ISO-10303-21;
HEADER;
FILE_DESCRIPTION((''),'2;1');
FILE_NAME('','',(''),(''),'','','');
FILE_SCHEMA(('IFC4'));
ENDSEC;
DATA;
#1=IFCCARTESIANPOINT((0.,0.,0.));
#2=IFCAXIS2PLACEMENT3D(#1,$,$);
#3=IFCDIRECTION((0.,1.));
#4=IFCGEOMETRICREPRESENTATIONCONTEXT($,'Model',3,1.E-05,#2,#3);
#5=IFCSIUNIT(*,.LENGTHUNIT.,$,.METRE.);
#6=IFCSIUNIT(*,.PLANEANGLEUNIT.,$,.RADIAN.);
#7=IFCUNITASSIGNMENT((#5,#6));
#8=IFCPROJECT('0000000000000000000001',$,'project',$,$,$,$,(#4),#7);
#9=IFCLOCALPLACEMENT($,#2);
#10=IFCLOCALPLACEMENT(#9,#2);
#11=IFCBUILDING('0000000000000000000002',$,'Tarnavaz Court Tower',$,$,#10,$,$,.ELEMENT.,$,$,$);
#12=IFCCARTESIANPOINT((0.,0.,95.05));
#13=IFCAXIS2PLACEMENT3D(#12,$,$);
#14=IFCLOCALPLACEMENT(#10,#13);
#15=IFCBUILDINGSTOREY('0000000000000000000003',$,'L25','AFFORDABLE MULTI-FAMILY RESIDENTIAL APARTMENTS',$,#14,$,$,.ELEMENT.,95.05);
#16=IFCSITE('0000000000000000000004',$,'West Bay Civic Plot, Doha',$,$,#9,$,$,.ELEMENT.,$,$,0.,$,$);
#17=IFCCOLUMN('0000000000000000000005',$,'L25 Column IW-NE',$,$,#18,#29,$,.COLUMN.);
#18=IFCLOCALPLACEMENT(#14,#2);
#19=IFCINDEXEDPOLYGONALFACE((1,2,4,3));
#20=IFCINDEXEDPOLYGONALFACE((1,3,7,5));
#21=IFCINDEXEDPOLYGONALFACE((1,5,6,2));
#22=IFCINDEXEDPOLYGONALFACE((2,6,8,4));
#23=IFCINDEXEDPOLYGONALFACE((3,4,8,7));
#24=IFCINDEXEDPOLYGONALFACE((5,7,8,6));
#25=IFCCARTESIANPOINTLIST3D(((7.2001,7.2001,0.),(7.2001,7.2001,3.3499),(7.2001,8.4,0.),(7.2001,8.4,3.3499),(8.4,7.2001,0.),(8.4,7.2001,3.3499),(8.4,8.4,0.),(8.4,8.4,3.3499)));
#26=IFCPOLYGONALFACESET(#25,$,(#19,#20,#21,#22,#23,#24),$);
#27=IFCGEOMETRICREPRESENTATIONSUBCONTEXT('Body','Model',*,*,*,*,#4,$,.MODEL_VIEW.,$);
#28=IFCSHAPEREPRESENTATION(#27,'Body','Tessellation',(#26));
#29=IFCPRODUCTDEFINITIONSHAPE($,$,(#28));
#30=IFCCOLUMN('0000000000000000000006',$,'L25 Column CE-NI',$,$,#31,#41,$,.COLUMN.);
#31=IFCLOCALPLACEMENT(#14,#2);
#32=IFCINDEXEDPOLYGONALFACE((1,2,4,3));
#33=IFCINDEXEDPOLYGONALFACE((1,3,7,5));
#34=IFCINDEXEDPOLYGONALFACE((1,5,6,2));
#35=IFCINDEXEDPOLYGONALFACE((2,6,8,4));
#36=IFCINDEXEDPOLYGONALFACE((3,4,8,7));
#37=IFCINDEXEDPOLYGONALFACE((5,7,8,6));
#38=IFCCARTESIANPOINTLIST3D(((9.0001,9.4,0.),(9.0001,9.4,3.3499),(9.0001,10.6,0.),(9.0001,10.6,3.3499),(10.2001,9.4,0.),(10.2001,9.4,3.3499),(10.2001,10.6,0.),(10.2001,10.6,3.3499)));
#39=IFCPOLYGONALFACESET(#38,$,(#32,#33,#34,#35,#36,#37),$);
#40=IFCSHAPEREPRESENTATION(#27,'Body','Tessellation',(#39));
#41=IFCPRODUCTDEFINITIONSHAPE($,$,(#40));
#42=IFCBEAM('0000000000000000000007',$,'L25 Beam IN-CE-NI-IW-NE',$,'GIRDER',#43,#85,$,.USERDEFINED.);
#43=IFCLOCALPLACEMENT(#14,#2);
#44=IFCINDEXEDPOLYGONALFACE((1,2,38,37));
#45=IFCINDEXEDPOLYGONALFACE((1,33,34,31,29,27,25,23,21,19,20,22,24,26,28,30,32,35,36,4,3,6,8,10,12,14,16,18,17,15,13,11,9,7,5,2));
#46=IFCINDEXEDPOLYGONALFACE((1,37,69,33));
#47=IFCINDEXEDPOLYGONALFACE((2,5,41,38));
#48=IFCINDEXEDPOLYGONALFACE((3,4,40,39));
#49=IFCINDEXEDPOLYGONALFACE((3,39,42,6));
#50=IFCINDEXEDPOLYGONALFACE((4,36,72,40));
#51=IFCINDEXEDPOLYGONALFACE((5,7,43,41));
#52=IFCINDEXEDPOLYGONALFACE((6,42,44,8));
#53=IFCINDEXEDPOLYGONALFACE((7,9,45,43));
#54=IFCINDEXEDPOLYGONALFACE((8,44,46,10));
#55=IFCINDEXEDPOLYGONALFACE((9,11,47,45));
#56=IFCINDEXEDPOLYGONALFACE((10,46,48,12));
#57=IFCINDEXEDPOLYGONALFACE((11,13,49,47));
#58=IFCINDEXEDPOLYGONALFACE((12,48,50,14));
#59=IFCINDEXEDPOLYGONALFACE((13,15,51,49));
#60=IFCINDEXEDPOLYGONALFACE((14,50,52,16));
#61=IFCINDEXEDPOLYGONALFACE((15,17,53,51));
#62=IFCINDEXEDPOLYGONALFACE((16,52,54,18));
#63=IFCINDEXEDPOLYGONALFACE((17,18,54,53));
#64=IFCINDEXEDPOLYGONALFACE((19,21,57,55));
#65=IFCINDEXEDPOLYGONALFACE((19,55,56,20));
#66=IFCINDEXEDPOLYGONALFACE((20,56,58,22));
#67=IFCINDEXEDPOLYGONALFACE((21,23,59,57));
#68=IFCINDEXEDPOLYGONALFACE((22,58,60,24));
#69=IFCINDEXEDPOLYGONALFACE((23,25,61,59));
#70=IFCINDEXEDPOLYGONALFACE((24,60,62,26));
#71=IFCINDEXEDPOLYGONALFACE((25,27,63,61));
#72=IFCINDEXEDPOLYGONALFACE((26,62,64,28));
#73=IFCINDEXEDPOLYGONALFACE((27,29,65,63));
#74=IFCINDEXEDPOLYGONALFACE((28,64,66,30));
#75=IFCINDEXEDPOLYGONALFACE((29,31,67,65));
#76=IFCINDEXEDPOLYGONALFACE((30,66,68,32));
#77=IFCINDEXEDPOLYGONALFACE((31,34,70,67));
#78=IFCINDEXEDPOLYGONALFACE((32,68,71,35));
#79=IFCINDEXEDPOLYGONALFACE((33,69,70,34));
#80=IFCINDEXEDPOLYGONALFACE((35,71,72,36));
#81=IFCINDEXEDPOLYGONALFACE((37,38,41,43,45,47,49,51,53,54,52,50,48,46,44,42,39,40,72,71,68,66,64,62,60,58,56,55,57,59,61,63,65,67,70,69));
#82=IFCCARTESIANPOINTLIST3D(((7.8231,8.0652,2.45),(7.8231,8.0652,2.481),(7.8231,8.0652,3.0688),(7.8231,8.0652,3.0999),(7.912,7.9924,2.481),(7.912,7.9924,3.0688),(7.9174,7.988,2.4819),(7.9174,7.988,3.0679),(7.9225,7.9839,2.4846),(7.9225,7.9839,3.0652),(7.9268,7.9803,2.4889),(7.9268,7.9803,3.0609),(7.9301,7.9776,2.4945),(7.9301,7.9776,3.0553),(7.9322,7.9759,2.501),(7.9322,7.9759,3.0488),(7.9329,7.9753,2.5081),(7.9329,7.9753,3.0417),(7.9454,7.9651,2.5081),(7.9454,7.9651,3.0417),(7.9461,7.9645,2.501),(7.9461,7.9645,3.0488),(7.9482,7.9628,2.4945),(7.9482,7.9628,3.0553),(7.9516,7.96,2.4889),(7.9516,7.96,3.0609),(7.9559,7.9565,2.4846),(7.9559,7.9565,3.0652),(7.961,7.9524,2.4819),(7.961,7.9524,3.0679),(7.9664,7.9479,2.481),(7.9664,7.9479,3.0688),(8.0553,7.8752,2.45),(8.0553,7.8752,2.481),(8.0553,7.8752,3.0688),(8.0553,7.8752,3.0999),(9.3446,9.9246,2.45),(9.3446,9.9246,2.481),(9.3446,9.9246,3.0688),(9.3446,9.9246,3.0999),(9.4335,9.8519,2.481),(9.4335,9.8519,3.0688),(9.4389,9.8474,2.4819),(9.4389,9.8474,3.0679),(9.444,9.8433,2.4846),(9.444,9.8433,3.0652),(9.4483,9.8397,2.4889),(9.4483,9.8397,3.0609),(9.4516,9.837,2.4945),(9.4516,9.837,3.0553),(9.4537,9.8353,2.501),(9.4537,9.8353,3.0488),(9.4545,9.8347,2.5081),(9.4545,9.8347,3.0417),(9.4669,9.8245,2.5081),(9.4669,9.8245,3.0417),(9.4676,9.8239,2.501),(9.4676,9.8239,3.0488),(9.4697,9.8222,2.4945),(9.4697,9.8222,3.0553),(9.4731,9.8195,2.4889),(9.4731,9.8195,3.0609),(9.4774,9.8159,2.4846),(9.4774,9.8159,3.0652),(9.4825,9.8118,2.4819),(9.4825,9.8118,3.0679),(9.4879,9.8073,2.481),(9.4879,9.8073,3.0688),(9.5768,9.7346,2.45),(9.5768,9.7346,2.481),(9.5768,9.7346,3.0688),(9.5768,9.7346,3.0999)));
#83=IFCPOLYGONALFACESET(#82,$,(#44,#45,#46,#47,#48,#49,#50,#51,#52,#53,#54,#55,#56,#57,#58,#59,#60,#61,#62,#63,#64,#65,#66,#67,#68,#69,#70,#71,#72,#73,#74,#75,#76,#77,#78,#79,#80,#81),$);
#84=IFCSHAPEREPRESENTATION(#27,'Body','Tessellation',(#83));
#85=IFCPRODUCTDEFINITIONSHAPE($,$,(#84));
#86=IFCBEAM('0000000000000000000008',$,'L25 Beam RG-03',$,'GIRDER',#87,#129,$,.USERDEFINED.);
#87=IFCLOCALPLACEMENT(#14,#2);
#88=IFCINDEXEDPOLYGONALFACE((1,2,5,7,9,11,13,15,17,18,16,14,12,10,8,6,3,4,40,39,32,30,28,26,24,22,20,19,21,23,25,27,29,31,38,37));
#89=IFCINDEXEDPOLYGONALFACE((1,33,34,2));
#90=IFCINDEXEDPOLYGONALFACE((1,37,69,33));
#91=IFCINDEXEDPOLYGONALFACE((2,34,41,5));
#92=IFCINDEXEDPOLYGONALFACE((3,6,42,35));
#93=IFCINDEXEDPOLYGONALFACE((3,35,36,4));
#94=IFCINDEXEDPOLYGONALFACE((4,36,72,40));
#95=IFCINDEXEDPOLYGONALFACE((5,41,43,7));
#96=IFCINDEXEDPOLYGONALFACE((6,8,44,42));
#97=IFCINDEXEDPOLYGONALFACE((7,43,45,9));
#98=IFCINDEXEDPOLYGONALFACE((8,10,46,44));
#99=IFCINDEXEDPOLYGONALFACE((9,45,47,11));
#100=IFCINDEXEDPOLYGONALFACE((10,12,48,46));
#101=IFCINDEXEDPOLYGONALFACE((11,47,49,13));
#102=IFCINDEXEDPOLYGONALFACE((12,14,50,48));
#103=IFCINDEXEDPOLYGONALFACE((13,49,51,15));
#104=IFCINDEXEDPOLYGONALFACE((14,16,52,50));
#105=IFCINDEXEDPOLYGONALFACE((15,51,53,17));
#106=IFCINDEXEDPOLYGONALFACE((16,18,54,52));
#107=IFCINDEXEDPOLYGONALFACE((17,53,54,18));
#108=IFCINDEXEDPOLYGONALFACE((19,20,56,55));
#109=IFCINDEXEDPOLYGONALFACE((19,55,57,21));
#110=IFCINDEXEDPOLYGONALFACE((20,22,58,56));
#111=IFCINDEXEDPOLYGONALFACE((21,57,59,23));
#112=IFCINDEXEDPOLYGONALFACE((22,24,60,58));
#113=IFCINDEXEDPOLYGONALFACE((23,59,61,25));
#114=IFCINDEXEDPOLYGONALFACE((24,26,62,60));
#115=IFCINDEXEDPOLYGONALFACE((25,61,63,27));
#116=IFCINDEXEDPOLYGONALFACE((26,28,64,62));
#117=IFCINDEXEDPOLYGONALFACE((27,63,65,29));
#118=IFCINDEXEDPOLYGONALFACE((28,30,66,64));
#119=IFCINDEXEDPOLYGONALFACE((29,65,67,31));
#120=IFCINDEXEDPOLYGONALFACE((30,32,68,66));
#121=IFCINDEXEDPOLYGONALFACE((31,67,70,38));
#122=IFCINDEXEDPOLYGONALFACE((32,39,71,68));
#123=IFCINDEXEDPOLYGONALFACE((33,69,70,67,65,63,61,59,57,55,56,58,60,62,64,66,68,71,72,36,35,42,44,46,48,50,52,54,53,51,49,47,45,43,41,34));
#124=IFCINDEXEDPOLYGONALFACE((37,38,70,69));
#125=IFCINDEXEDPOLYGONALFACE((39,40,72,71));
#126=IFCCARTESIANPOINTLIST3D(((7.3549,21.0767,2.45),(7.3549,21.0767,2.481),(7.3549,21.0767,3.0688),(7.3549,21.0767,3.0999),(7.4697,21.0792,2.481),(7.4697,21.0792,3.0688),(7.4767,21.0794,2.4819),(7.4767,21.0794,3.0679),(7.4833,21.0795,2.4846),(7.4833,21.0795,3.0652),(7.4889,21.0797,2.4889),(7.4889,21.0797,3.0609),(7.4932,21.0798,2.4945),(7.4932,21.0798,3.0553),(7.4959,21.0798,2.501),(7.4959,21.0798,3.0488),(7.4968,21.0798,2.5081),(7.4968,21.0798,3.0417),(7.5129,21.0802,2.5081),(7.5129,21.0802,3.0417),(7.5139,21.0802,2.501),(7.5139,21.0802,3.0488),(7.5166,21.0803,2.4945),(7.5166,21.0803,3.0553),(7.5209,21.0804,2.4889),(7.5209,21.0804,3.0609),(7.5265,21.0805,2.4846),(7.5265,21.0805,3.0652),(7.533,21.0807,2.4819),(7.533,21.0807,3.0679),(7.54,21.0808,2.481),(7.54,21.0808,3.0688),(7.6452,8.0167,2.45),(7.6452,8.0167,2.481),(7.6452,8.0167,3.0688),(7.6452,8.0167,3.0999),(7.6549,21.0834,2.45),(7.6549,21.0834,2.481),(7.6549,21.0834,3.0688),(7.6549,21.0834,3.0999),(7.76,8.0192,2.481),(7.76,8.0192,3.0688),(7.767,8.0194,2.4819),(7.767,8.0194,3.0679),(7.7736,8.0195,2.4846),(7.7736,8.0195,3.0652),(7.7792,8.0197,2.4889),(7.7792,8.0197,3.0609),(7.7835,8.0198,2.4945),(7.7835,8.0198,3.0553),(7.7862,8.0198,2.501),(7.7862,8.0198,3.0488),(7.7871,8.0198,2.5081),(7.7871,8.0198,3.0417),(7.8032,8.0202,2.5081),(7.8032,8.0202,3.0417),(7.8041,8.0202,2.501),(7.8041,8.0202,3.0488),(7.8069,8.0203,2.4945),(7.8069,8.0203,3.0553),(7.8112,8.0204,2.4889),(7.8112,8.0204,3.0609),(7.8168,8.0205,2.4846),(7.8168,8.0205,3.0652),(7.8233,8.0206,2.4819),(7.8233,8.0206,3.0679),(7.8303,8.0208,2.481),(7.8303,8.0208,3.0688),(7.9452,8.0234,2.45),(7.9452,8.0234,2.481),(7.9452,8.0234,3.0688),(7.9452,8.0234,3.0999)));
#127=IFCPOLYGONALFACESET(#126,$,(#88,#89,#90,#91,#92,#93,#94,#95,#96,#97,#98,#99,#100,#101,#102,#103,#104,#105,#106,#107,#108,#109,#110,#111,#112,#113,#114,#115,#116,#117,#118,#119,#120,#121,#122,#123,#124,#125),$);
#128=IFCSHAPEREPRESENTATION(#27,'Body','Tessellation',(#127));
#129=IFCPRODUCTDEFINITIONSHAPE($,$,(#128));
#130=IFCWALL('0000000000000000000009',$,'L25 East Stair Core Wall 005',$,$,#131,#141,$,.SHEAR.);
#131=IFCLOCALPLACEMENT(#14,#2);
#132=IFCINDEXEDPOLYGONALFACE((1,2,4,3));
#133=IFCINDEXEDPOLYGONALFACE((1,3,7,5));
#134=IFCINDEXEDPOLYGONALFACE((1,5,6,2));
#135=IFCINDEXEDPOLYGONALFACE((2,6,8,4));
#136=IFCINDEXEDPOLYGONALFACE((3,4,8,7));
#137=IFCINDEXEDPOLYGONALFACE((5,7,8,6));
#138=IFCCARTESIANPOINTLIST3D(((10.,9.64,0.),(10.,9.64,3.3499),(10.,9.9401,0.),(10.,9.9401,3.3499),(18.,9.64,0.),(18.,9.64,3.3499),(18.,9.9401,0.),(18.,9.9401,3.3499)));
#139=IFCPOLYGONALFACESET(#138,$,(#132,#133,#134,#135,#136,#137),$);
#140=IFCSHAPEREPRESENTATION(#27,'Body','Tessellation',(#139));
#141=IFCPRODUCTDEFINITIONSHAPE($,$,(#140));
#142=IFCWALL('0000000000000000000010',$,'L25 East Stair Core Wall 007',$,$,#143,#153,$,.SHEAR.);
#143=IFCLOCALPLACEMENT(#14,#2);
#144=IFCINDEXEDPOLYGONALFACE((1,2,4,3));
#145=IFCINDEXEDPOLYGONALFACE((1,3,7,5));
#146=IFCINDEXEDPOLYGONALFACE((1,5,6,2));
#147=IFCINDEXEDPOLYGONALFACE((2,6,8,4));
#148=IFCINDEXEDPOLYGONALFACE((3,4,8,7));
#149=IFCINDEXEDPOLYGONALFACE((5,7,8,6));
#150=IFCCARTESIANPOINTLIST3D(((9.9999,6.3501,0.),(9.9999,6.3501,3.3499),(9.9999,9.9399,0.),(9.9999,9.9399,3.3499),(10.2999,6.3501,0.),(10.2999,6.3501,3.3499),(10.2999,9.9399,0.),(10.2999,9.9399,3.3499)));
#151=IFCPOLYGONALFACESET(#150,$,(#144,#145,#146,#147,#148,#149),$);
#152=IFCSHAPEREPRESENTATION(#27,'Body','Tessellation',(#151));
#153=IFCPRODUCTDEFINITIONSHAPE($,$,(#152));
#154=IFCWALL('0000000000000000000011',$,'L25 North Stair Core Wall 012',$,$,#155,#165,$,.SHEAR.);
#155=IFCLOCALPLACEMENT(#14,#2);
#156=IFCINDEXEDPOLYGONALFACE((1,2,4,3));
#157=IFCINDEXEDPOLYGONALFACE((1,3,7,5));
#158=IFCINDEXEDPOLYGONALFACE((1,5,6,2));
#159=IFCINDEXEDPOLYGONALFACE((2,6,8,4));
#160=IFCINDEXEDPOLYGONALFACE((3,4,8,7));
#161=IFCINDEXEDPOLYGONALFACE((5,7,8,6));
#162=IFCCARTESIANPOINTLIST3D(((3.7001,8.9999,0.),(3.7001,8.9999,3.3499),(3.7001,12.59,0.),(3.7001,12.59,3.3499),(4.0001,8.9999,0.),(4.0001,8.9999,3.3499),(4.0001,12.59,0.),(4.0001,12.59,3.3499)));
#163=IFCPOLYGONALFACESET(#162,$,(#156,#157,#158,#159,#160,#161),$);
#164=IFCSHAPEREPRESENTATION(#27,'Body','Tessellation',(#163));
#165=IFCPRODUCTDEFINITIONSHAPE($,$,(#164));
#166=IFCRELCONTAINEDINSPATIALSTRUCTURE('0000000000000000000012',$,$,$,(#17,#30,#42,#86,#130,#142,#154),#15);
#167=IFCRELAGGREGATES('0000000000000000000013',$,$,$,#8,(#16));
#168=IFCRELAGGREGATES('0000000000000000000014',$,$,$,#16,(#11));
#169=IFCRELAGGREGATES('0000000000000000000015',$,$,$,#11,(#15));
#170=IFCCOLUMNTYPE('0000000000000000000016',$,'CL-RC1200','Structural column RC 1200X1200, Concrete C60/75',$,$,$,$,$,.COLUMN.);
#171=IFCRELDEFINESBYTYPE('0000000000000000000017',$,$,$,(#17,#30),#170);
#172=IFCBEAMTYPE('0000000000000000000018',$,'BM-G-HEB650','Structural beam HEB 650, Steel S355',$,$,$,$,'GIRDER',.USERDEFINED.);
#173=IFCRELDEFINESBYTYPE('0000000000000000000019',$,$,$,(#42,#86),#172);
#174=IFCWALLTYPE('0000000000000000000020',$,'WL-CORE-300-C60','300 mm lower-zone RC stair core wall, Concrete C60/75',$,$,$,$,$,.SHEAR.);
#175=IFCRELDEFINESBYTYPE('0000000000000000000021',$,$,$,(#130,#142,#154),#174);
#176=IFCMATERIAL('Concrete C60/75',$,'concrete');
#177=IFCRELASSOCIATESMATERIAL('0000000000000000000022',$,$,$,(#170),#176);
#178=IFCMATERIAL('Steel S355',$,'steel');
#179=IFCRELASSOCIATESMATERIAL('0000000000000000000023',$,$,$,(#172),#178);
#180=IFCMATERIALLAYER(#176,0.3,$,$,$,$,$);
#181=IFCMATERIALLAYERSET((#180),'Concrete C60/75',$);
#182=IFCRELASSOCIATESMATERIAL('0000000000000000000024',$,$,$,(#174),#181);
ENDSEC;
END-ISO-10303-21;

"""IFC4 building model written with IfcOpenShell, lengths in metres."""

from ifc_helpers import new_model, si_unit, direction, frame, frame_2d, origin, origin_2d, place, context, subcontext, project, spatial, rectangle, i_section, extrude, material, layer, layer_set, material_profile, profile_set, type_object, element, save


model = new_model("IFC4")

# Units and contexts
model_context = context("Model", 3, precision=1e-05, world=origin(), true_north=direction((0.0, 1.0)))
body_context = subcontext(model_context, "Body", "Model", "MODEL_VIEW")
ifc_project = project(units=[si_unit("LENGTHUNIT", "METRE"), si_unit("PLANEANGLEUNIT", "RADIAN")], contexts=[model_context])

# Site, building, storey
site_placement = place(None, origin())
site = spatial("IfcSite", under=ifc_project, at=site_placement, Name="West Bay Civic Plot, Doha", CompositionType="ELEMENT", RefElevation=0.0)
building_placement = place(site_placement, origin())
building = spatial("IfcBuilding", under=site, at=building_placement, Name="Tarnavaz Court Tower", CompositionType="ELEMENT")
storey_placement = place(building_placement, frame((0.0, 0.0, 95.05)))
storey = spatial("IfcBuildingStorey", under=building, at=storey_placement, Name="L25", Description="AFFORDABLE MULTI-FAMILY RESIDENTIAL APARTMENTS", CompositionType="ELEMENT", Elevation=95.05)

# Columns
ifc_material_1 = material(Name="Concrete C60/75", Category="concrete")
ifc_material_profile_1 = material_profile(ifc_material_1, rectangle(XDim=1.2, YDim=1.2, at=origin_2d()), Name="RC 1200X1200")
ifc_profile_set_1 = profile_set([ifc_material_profile_1], Name="Concrete C60/75")
column_type = type_object("IfcColumnType", Name="CL-RC1200", Description="Structural column RC 1200X1200, Concrete C60/75", PredefinedType="COLUMN", material=ifc_profile_set_1)
for number, where, z_axis, x_axis, name in (
    (1, (7.8, 7.8, 0.0), (0.0, 0.0, 1.0), (1.0, 0.0, 0.0), "L25 Column IW-NE"),
    (2, (9.6001, 10.0, 0.0), (0.0, 0.0, 1.0), (1.0, 0.0, 0.0), "L25 Column CE-NI"),
):
    element("IfcColumn", number, at=place(storey_placement, frame(where, z_axis=z_axis, x_axis=x_axis)), inside=storey, type_object=column_type, Name=name, PredefinedType="COLUMN", context=body_context, shape_type="SweptSolid", body=[
        extrude(rectangle(XDim=1.2, YDim=1.2, at=origin_2d()), origin(), (0.0, 0.0, 1.0), 3.3499),
    ])

# Beams
ifc_material_2 = material(Name="Steel S355", Category="steel")
ifc_material_profile_2 = material_profile(ifc_material_2, i_section(OverallWidth=0.3, OverallDepth=0.6499, WebThickness=0.0161, FlangeThickness=0.031, FilletRadius=0.0271, at=origin_2d()), Name="HEB 650")
ifc_profile_set_2 = profile_set([ifc_material_profile_2], Name="Steel S355")
beam_type = type_object("IfcBeamType", Name="BM-G-HEB650", Description="Structural beam HEB 650, Steel S355", ElementType="GIRDER", PredefinedType="USERDEFINED", material=ifc_profile_set_2)
beam_1_placement = place(storey_placement, frame((9.4607, 9.8296, 2.7749), z_axis=(-0.633282, -0.773921, 0.0), x_axis=(0.773921, -0.633282, 0.0)))
element("IfcBeam", 3, at=beam_1_placement, inside=storey, type_object=beam_type, Name="L25 Beam IN-CE-NI-IW-NE", ObjectType="GIRDER", PredefinedType="USERDEFINED", context=body_context, shape_type="SweptSolid", body=[
    extrude(i_section(OverallWidth=0.3, OverallDepth=0.6499, WebThickness=0.0161, FlangeThickness=0.031, FilletRadius=0.0271, at=origin_2d()), origin(), (0.0, 0.0, 1.0), 2.4026),
])
beam_2_placement = place(storey_placement, frame((7.7952, 8.02, 2.7749), z_axis=(-0.022221, 0.999753, 0.0), x_axis=(-0.999753, -0.022221, 0.0)))
element("IfcBeam", 4, at=beam_2_placement, inside=storey, type_object=beam_type, Name="L25 Beam RG-03", ObjectType="GIRDER", PredefinedType="USERDEFINED", context=body_context, shape_type="SweptSolid", body=[
    extrude(i_section(OverallWidth=0.3, OverallDepth=0.6499, WebThickness=0.0161, FlangeThickness=0.031, FilletRadius=0.0271, at=origin_2d()), origin(), (0.0, 0.0, 1.0), 13.0632),
])

# Wall
ifc_layer_1 = layer(ifc_material_1, 0.3)
ifc_layer_set_1 = layer_set([ifc_layer_1], Name="Concrete C60/75")
wall_type_1 = type_object("IfcWallType", Name="WL-CORE-300-C60", Description="300 mm lower-zone RC stair core wall, Concrete C60/75", PredefinedType="SHEAR", material=ifc_layer_set_1)
wall_1_placement = place(storey_placement, frame((10.0, 9.79, 0.0), z_axis=(0.0, 0.0, 1.0), x_axis=(1.0, 0.0, 0.0)))
element("IfcWall", 5, at=wall_1_placement, inside=storey, type_object=wall_type_1, Name="L25 East Stair Core Wall 005", PredefinedType="SHEAR", context=body_context, shape_type="SweptSolid", body=[
    extrude(rectangle(XDim=8.0, YDim=0.3, at=frame_2d((4.0, 0.0))), origin(), (0.0, 0.0, 1.0), 3.3499),
])

# Walls
wall_2_placement = place(storey_placement, frame((10.1499, 6.3501, 0.0), z_axis=(0.0, 0.0, 1.0), x_axis=(0.0, 1.0, 0.0)))
element("IfcWall", 6, at=wall_2_placement, inside=storey, type_object=wall_type_1, Name="L25 East Stair Core Wall 007", PredefinedType="SHEAR", context=body_context, shape_type="SweptSolid", body=[
    extrude(rectangle(XDim=3.5898, YDim=0.3, at=frame_2d((1.7949, 0.0))), origin(), (0.0, 0.0, 1.0), 3.3499),
])
wall_3_placement = place(storey_placement, frame((3.8501, 9.0, 0.0), z_axis=(0.0, 0.0, 1.0), x_axis=(0.0, 1.0, 0.0)))
element("IfcWall", 7, at=wall_3_placement, inside=storey, type_object=wall_type_1, Name="L25 North Stair Core Wall 012", PredefinedType="SHEAR", context=body_context, shape_type="SweptSolid", body=[
    extrude(rectangle(XDim=3.5901, YDim=0.3, at=frame_2d((1.7949, 0.0))), origin(), (0.0, 0.0, 1.0), 3.3499),
])

save(model, "model.ifc")
